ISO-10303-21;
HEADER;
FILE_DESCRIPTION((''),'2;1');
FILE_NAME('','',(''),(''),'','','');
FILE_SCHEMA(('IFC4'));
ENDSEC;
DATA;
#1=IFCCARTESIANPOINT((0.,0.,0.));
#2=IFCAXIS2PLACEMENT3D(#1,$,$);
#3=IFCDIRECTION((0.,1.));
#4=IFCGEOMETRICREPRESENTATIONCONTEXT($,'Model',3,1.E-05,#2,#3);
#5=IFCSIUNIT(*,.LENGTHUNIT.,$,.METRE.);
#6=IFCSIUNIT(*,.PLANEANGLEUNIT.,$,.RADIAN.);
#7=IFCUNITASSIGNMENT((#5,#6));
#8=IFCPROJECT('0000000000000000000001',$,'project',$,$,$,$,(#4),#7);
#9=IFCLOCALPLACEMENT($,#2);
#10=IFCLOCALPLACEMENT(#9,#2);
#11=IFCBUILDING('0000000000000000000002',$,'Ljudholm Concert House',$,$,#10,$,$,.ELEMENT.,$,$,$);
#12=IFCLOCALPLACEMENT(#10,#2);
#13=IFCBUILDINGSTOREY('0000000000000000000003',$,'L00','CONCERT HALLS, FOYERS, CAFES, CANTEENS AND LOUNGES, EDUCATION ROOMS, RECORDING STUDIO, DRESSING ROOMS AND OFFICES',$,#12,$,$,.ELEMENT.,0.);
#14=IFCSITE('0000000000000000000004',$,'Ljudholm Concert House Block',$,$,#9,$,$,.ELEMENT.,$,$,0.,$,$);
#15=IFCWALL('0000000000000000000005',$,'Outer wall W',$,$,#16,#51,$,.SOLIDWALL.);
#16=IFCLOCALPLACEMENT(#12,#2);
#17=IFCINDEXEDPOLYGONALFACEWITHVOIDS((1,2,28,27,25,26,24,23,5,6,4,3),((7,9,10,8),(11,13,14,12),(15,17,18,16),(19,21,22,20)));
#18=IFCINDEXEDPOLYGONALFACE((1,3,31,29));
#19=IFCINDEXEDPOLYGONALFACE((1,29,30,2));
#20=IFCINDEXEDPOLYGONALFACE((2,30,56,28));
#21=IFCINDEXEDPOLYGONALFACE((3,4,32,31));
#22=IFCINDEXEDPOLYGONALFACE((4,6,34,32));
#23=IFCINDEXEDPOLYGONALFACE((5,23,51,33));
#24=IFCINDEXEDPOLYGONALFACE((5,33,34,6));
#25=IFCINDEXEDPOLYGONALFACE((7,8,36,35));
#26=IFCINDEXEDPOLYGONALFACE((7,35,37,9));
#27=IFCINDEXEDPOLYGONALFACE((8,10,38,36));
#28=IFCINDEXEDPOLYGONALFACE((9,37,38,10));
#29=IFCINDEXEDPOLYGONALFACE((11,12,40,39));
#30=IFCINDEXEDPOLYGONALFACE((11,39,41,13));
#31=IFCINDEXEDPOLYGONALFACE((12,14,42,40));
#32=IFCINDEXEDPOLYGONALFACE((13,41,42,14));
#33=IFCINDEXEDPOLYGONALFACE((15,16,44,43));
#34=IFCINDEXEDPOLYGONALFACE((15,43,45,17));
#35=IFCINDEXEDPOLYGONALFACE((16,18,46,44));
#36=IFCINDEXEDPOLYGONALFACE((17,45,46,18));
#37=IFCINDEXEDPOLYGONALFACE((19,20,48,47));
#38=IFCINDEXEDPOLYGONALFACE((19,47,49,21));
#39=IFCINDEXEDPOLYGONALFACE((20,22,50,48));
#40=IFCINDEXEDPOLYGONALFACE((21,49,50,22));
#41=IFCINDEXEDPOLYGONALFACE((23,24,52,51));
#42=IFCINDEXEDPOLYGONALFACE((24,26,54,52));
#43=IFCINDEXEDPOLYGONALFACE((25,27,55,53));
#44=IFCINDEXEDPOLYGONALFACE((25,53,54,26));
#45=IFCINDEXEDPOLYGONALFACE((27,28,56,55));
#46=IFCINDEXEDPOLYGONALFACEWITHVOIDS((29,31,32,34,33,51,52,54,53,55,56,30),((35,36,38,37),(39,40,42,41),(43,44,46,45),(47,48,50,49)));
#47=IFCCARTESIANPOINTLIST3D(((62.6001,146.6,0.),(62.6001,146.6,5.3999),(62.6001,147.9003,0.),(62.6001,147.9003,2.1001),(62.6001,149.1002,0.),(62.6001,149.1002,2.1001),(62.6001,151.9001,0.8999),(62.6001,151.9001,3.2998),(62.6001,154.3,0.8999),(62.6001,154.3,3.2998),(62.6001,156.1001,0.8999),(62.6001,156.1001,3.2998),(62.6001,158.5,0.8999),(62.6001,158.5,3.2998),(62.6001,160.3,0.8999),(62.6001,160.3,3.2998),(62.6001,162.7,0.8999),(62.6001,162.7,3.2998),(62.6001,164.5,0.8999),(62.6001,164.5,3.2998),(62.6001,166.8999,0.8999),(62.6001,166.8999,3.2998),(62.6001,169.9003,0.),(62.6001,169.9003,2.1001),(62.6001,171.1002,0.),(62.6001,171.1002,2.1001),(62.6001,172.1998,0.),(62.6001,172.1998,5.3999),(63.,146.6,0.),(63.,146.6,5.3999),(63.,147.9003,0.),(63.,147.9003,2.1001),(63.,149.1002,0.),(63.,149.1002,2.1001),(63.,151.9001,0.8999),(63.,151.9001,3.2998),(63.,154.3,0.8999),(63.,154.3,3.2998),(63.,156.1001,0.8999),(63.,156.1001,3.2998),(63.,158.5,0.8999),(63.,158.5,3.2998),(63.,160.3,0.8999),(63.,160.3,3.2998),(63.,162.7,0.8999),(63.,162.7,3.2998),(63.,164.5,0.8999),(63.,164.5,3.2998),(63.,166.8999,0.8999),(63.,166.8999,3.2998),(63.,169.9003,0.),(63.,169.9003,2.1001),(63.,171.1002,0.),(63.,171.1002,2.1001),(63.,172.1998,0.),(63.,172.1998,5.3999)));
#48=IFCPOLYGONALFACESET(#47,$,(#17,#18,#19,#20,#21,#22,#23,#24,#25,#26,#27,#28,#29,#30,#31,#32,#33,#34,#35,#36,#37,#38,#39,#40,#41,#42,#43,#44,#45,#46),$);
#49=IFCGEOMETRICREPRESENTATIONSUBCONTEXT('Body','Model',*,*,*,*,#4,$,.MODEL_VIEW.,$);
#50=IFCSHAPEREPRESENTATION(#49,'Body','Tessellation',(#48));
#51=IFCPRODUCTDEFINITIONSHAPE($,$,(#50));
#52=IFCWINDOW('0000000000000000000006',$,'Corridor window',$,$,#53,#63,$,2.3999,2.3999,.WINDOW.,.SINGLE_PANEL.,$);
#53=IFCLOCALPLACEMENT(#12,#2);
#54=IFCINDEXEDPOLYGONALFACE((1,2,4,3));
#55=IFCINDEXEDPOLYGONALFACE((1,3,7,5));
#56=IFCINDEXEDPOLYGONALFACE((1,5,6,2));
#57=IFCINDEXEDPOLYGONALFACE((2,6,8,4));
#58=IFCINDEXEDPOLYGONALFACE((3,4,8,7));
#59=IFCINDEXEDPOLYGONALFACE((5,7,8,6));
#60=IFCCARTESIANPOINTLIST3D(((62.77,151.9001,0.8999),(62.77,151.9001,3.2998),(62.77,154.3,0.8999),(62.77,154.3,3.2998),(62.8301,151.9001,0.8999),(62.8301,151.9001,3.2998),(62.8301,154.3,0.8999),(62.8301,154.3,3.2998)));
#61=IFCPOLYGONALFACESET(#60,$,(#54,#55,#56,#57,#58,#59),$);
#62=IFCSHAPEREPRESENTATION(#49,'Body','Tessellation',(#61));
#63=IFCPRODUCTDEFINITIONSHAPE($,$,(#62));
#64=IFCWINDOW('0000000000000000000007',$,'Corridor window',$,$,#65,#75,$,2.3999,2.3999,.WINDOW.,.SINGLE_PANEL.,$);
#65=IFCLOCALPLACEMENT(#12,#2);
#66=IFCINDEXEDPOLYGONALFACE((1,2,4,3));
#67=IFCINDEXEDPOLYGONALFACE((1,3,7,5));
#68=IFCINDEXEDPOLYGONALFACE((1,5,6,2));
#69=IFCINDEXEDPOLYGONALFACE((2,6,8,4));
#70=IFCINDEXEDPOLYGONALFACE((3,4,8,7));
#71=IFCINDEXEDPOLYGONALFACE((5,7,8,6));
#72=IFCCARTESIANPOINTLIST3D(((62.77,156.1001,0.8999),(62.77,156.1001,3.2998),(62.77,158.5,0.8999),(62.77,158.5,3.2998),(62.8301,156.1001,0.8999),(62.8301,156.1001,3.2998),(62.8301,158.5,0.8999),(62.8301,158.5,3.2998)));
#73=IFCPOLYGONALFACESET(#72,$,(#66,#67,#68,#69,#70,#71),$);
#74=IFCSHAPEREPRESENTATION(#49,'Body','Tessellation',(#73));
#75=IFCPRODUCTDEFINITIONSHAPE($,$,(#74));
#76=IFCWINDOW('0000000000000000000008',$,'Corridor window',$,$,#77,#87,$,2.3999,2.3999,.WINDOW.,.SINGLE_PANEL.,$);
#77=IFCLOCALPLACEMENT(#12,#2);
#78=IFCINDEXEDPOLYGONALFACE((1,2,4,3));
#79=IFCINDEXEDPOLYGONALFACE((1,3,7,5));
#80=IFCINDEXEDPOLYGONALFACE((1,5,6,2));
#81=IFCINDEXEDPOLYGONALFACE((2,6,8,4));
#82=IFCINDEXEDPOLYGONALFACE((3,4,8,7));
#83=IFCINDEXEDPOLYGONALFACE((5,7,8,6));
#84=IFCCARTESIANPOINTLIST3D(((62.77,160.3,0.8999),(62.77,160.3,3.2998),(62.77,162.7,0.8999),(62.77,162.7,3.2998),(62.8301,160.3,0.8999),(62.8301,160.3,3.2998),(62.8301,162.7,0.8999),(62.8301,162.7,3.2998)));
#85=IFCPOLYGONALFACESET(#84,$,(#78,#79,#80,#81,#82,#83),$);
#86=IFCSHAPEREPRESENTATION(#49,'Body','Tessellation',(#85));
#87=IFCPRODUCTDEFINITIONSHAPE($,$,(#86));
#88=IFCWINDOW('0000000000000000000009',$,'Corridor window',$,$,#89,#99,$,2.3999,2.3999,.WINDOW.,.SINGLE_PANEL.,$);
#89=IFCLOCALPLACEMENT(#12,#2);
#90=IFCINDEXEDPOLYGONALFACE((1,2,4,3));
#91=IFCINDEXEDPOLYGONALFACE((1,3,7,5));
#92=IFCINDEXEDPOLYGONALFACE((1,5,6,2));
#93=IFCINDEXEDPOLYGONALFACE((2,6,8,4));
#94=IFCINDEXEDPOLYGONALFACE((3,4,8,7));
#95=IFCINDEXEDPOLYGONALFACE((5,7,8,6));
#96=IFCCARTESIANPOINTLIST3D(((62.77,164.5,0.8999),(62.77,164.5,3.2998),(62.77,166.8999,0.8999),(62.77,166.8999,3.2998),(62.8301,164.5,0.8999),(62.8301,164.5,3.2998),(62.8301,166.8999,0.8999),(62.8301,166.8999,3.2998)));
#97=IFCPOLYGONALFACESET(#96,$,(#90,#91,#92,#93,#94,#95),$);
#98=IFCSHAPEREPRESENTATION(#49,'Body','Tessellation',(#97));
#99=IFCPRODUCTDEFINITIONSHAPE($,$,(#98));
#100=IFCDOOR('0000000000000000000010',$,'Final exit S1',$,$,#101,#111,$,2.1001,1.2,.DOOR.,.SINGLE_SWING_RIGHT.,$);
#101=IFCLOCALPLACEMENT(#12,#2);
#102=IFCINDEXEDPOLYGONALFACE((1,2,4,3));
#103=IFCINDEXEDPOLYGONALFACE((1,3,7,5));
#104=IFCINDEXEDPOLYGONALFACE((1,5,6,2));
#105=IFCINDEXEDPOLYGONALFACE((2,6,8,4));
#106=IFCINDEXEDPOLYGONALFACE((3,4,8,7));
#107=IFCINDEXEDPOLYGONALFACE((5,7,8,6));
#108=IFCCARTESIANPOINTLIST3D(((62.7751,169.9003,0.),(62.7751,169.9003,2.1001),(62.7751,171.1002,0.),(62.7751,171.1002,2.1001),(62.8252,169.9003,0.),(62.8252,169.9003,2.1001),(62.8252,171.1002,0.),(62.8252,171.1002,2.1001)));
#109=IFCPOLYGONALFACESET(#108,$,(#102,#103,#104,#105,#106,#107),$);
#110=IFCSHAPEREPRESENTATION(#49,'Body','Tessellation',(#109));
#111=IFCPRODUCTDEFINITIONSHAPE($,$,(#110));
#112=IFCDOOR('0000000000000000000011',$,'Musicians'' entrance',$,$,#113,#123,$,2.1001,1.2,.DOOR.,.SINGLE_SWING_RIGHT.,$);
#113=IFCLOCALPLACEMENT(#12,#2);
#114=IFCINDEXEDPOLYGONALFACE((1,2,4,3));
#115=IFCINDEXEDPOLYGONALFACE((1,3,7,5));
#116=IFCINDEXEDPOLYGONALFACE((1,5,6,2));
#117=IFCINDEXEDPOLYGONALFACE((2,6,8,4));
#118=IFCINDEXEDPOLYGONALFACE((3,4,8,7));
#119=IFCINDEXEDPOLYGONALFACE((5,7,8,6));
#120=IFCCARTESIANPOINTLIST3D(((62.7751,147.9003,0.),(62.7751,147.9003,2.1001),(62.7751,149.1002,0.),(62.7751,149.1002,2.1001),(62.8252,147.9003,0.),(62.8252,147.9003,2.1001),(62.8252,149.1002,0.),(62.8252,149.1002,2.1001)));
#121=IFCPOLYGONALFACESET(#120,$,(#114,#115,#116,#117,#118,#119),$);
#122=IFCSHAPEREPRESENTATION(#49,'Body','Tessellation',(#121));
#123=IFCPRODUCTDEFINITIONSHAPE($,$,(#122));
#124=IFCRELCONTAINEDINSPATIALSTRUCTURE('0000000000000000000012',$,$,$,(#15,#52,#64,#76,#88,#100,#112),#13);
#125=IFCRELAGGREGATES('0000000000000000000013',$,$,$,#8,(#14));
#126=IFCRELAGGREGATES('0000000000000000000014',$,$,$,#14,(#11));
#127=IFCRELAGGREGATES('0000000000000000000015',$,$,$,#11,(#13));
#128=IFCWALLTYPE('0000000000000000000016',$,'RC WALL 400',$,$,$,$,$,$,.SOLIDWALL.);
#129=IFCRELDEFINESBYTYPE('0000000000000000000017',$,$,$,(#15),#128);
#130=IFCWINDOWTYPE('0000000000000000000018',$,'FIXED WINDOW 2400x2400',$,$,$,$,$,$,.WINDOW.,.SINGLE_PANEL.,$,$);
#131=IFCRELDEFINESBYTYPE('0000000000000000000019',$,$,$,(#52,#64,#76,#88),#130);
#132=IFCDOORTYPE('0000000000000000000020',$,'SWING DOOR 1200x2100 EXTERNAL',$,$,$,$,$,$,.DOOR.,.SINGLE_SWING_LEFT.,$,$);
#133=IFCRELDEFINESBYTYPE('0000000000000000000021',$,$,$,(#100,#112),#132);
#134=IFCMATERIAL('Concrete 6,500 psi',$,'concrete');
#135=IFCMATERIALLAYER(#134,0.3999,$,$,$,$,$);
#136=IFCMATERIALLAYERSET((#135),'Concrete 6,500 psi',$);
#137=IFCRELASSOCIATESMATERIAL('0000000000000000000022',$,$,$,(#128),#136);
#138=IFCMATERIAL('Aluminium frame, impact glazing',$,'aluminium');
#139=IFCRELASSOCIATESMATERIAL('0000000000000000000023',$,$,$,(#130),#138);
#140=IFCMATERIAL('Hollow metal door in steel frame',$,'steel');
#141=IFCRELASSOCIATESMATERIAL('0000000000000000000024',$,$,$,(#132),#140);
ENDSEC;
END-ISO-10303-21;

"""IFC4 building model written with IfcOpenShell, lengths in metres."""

from ifc_helpers import new_model, si_unit, direction, frame, frame_2d, origin, place, context, subcontext, project, spatial, rectangle, extrude, material, layer, layer_set, type_object, element, fill, save


model = new_model("IFC4")

# Units and contexts
model_context = context("Model", 3, precision=1e-05, world=origin(), true_north=direction((0.0, 1.0)))
body_context = subcontext(model_context, "Body", "Model", "MODEL_VIEW")
ifc_project = project(units=[si_unit("LENGTHUNIT", "METRE"), si_unit("PLANEANGLEUNIT", "RADIAN")], contexts=[model_context])

# Site, building, storey
site_placement = place(None, origin())
site = spatial("IfcSite", under=ifc_project, at=site_placement, Name="Ljudholm Concert House Block", CompositionType="ELEMENT", RefElevation=0.0)
building_placement = place(site_placement, origin())
building = spatial("IfcBuilding", under=site, at=building_placement, Name="Ljudholm Concert House", CompositionType="ELEMENT")
storey_placement = place(building_placement, origin())
storey = spatial("IfcBuildingStorey", under=building, at=storey_placement, Name="L00", Description="CONCERT HALLS, FOYERS, CAFES, CANTEENS AND LOUNGES, EDUCATION ROOMS, RECORDING STUDIO, DRESSING ROOMS AND OFFICES", CompositionType="ELEMENT", Elevation=0.0)

# Wall, openings, windows, doors
ifc_material_1 = material(Name="Concrete 6,500 psi", Category="concrete")
ifc_layer_1 = layer(ifc_material_1, 0.3999)
ifc_layer_set_1 = layer_set([ifc_layer_1], Name="Concrete 6,500 psi")
wall_type_1 = type_object("IfcWallType", Name="RC WALL 400", PredefinedType="SOLIDWALL", material=ifc_layer_set_1)
wall_1_placement = place(storey_placement, frame((62.8, 146.6001, 0.0), z_axis=(0.0, 0.0, 1.0), x_axis=(0.0, 1.0, 0.0)))
wall_1 = element("IfcWall", 1, at=wall_1_placement, inside=storey, type_object=wall_type_1, Name="Outer wall W", PredefinedType="SOLIDWALL", context=body_context, shape_type="SweptSolid", body=[
    extrude(rectangle(XDim=25.5999, YDim=0.3999, at=frame_2d((12.7998, 0.0))), origin(), (0.0, 0.0, 1.0), 5.3999),
])
opening_1_placement = place(wall_1_placement, frame((23.3, 0.0, 0.0)))
opening_1 = element("IfcOpeningElement", 2, at=opening_1_placement, cuts=wall_1, PredefinedType="OPENING", context=body_context, shape_type="SweptSolid", body=[
    extrude(rectangle(XDim=1.2, YDim=2.1001, at=frame_2d((0.6001, 1.05))), frame((0.0, 0.21, 0.0), z_axis=(0.0, -1.0, 0.0), x_axis=(1.0, 0.0, 0.0)), (0.0, 0.0, 1.0), 0.4199),
])
opening_2_placement = place(wall_1_placement, frame((1.3, 0.0, 0.0)))
opening_2 = element("IfcOpeningElement", 3, at=opening_2_placement, cuts=wall_1, PredefinedType="OPENING", context=body_context, shape_type="SweptSolid", body=[
    extrude(rectangle(XDim=1.2, YDim=2.1001, at=frame_2d((0.6001, 1.05))), frame((0.0, 0.21, 0.0), z_axis=(0.0, -1.0, 0.0), x_axis=(1.0, 0.0, 0.0)), (0.0, 0.0, 1.0), 0.4199),
])
opening_3_placement = place(wall_1_placement, frame((5.3, 0.0, 0.8999)))
opening_3 = element("IfcOpeningElement", 4, at=opening_3_placement, cuts=wall_1, PredefinedType="OPENING", context=body_context, shape_type="SweptSolid", body=[
    extrude(rectangle(XDim=2.3999, YDim=2.3999, at=frame_2d((1.2, 1.2))), frame((0.0, 0.21, 0.0), z_axis=(0.0, -1.0, 0.0), x_axis=(1.0, 0.0, 0.0)), (0.0, 0.0, 1.0), 0.4199),
])
opening_4_placement = place(wall_1_placement, frame((9.5, 0.0, 0.8999)))
opening_4 = element("IfcOpeningElement", 5, at=opening_4_placement, cuts=wall_1, PredefinedType="OPENING", context=body_context, shape_type="SweptSolid", body=[
    extrude(rectangle(XDim=2.3999, YDim=2.3999, at=frame_2d((1.2, 1.2))), frame((0.0, 0.21, 0.0), z_axis=(0.0, -1.0, 0.0), x_axis=(1.0, 0.0, 0.0)), (0.0, 0.0, 1.0), 0.4199),
])
opening_5_placement = place(wall_1_placement, frame((13.7, 0.0, 0.8999)))
opening_5 = element("IfcOpeningElement", 6, at=opening_5_placement, cuts=wall_1, PredefinedType="OPENING", context=body_context, shape_type="SweptSolid", body=[
    extrude(rectangle(XDim=2.3999, YDim=2.3999, at=frame_2d((1.2, 1.2))), frame((0.0, 0.21, 0.0), z_axis=(0.0, -1.0, 0.0), x_axis=(1.0, 0.0, 0.0)), (0.0, 0.0, 1.0), 0.4199),
])
opening_6_placement = place(wall_1_placement, frame((17.8999, 0.0, 0.8999)))
opening_6 = element("IfcOpeningElement", 7, at=opening_6_placement, cuts=wall_1, PredefinedType="OPENING", context=body_context, shape_type="SweptSolid", body=[
    extrude(rectangle(XDim=2.3999, YDim=2.3999, at=frame_2d((1.2, 1.2))), frame((0.0, 0.21, 0.0), z_axis=(0.0, -1.0, 0.0), x_axis=(1.0, 0.0, 0.0)), (0.0, 0.0, 1.0), 0.4199),
])
ifc_material_2 = material(Name="Aluminium frame, impact glazing", Category="aluminium")
window_type_1 = type_object("IfcWindowType", Name="FIXED WINDOW 2400x2400", PartitioningType="SINGLE_PANEL", PredefinedType="WINDOW", material=ifc_material_2)
window_1_placement = place(opening_3_placement, origin())
window_1 = element("IfcWindow", 8, at=window_1_placement, inside=storey, type_object=window_type_1, Name="Corridor window", OverallHeight=2.3999, OverallWidth=2.3999, PartitioningType="SINGLE_PANEL", PredefinedType="WINDOW", context=body_context, shape_type="SweptSolid", body=[
    extrude(rectangle(XDim=2.3999, YDim=2.3999, at=frame_2d((1.2, 1.2))), frame((0.0, 0.03, 0.0), z_axis=(0.0, -1.0, 0.0), x_axis=(1.0, 0.0, 0.0)), (0.0, 0.0, 1.0), 0.0601),
])
fill(opening_3, window_1)
window_2_placement = place(opening_4_placement, origin())
window_2 = element("IfcWindow", 9, at=window_2_placement, inside=storey, type_object=window_type_1, Name="Corridor window", OverallHeight=2.3999, OverallWidth=2.3999, PartitioningType="SINGLE_PANEL", PredefinedType="WINDOW", context=body_context, shape_type="SweptSolid", body=[
    extrude(rectangle(XDim=2.3999, YDim=2.3999, at=frame_2d((1.2, 1.2))), frame((0.0, 0.03, 0.0), z_axis=(0.0, -1.0, 0.0), x_axis=(1.0, 0.0, 0.0)), (0.0, 0.0, 1.0), 0.0601),
])
fill(opening_4, window_2)
window_3_placement = place(opening_5_placement, origin())
window_3 = element("IfcWindow", 10, at=window_3_placement, inside=storey, type_object=window_type_1, Name="Corridor window", OverallHeight=2.3999, OverallWidth=2.3999, PartitioningType="SINGLE_PANEL", PredefinedType="WINDOW", context=body_context, shape_type="SweptSolid", body=[
    extrude(rectangle(XDim=2.3999, YDim=2.3999, at=frame_2d((1.2, 1.2))), frame((0.0, 0.03, 0.0), z_axis=(0.0, -1.0, 0.0), x_axis=(1.0, 0.0, 0.0)), (0.0, 0.0, 1.0), 0.0601),
])
fill(opening_5, window_3)
window_4_placement = place(opening_6_placement, origin())
window_4 = element("IfcWindow", 11, at=window_4_placement, inside=storey, type_object=window_type_1, Name="Corridor window", OverallHeight=2.3999, OverallWidth=2.3999, PartitioningType="SINGLE_PANEL", PredefinedType="WINDOW", context=body_context, shape_type="SweptSolid", body=[
    extrude(rectangle(XDim=2.3999, YDim=2.3999, at=frame_2d((1.2, 1.2))), frame((0.0, 0.03, 0.0), z_axis=(0.0, -1.0, 0.0), x_axis=(1.0, 0.0, 0.0)), (0.0, 0.0, 1.0), 0.0601),
])
fill(opening_6, window_4)
ifc_material_3 = material(Name="Hollow metal door in steel frame", Category="steel")
door_type_1 = type_object("IfcDoorType", Name="SWING DOOR 1200x2100 EXTERNAL", OperationType="SINGLE_SWING_LEFT", PredefinedType="DOOR", material=ifc_material_3)
door_1_placement = place(opening_1_placement, origin())
door_1 = element("IfcDoor", 12, at=door_1_placement, inside=storey, type_object=door_type_1, Name="Final exit S1", OperationType="SINGLE_SWING_RIGHT", OverallHeight=2.1001, OverallWidth=1.2, PredefinedType="DOOR", context=body_context, shape_type="SweptSolid", body=[
    extrude(rectangle(XDim=1.2, YDim=2.1001, at=frame_2d((0.6001, 1.05))), frame((0.0, 0.0249, 0.0), z_axis=(0.0, -1.0, 0.0), x_axis=(1.0, 0.0, 0.0)), (0.0, 0.0, 1.0), 0.05),
])
fill(opening_1, door_1)
door_2_placement = place(opening_2_placement, origin())
door_2 = element("IfcDoor", 13, at=door_2_placement, inside=storey, type_object=door_type_1, Name="Musicians' entrance", OperationType="SINGLE_SWING_RIGHT", OverallHeight=2.1001, OverallWidth=1.2, PredefinedType="DOOR", context=body_context, shape_type="SweptSolid", body=[
    extrude(rectangle(XDim=1.2, YDim=2.1001, at=frame_2d((0.6001, 1.05))), frame((0.0, 0.0249, 0.0), z_axis=(0.0, -1.0, 0.0), x_axis=(1.0, 0.0, 0.0)), (0.0, 0.0, 1.0), 0.05),
])
fill(opening_2, door_2)

save(model, "model.ifc")
